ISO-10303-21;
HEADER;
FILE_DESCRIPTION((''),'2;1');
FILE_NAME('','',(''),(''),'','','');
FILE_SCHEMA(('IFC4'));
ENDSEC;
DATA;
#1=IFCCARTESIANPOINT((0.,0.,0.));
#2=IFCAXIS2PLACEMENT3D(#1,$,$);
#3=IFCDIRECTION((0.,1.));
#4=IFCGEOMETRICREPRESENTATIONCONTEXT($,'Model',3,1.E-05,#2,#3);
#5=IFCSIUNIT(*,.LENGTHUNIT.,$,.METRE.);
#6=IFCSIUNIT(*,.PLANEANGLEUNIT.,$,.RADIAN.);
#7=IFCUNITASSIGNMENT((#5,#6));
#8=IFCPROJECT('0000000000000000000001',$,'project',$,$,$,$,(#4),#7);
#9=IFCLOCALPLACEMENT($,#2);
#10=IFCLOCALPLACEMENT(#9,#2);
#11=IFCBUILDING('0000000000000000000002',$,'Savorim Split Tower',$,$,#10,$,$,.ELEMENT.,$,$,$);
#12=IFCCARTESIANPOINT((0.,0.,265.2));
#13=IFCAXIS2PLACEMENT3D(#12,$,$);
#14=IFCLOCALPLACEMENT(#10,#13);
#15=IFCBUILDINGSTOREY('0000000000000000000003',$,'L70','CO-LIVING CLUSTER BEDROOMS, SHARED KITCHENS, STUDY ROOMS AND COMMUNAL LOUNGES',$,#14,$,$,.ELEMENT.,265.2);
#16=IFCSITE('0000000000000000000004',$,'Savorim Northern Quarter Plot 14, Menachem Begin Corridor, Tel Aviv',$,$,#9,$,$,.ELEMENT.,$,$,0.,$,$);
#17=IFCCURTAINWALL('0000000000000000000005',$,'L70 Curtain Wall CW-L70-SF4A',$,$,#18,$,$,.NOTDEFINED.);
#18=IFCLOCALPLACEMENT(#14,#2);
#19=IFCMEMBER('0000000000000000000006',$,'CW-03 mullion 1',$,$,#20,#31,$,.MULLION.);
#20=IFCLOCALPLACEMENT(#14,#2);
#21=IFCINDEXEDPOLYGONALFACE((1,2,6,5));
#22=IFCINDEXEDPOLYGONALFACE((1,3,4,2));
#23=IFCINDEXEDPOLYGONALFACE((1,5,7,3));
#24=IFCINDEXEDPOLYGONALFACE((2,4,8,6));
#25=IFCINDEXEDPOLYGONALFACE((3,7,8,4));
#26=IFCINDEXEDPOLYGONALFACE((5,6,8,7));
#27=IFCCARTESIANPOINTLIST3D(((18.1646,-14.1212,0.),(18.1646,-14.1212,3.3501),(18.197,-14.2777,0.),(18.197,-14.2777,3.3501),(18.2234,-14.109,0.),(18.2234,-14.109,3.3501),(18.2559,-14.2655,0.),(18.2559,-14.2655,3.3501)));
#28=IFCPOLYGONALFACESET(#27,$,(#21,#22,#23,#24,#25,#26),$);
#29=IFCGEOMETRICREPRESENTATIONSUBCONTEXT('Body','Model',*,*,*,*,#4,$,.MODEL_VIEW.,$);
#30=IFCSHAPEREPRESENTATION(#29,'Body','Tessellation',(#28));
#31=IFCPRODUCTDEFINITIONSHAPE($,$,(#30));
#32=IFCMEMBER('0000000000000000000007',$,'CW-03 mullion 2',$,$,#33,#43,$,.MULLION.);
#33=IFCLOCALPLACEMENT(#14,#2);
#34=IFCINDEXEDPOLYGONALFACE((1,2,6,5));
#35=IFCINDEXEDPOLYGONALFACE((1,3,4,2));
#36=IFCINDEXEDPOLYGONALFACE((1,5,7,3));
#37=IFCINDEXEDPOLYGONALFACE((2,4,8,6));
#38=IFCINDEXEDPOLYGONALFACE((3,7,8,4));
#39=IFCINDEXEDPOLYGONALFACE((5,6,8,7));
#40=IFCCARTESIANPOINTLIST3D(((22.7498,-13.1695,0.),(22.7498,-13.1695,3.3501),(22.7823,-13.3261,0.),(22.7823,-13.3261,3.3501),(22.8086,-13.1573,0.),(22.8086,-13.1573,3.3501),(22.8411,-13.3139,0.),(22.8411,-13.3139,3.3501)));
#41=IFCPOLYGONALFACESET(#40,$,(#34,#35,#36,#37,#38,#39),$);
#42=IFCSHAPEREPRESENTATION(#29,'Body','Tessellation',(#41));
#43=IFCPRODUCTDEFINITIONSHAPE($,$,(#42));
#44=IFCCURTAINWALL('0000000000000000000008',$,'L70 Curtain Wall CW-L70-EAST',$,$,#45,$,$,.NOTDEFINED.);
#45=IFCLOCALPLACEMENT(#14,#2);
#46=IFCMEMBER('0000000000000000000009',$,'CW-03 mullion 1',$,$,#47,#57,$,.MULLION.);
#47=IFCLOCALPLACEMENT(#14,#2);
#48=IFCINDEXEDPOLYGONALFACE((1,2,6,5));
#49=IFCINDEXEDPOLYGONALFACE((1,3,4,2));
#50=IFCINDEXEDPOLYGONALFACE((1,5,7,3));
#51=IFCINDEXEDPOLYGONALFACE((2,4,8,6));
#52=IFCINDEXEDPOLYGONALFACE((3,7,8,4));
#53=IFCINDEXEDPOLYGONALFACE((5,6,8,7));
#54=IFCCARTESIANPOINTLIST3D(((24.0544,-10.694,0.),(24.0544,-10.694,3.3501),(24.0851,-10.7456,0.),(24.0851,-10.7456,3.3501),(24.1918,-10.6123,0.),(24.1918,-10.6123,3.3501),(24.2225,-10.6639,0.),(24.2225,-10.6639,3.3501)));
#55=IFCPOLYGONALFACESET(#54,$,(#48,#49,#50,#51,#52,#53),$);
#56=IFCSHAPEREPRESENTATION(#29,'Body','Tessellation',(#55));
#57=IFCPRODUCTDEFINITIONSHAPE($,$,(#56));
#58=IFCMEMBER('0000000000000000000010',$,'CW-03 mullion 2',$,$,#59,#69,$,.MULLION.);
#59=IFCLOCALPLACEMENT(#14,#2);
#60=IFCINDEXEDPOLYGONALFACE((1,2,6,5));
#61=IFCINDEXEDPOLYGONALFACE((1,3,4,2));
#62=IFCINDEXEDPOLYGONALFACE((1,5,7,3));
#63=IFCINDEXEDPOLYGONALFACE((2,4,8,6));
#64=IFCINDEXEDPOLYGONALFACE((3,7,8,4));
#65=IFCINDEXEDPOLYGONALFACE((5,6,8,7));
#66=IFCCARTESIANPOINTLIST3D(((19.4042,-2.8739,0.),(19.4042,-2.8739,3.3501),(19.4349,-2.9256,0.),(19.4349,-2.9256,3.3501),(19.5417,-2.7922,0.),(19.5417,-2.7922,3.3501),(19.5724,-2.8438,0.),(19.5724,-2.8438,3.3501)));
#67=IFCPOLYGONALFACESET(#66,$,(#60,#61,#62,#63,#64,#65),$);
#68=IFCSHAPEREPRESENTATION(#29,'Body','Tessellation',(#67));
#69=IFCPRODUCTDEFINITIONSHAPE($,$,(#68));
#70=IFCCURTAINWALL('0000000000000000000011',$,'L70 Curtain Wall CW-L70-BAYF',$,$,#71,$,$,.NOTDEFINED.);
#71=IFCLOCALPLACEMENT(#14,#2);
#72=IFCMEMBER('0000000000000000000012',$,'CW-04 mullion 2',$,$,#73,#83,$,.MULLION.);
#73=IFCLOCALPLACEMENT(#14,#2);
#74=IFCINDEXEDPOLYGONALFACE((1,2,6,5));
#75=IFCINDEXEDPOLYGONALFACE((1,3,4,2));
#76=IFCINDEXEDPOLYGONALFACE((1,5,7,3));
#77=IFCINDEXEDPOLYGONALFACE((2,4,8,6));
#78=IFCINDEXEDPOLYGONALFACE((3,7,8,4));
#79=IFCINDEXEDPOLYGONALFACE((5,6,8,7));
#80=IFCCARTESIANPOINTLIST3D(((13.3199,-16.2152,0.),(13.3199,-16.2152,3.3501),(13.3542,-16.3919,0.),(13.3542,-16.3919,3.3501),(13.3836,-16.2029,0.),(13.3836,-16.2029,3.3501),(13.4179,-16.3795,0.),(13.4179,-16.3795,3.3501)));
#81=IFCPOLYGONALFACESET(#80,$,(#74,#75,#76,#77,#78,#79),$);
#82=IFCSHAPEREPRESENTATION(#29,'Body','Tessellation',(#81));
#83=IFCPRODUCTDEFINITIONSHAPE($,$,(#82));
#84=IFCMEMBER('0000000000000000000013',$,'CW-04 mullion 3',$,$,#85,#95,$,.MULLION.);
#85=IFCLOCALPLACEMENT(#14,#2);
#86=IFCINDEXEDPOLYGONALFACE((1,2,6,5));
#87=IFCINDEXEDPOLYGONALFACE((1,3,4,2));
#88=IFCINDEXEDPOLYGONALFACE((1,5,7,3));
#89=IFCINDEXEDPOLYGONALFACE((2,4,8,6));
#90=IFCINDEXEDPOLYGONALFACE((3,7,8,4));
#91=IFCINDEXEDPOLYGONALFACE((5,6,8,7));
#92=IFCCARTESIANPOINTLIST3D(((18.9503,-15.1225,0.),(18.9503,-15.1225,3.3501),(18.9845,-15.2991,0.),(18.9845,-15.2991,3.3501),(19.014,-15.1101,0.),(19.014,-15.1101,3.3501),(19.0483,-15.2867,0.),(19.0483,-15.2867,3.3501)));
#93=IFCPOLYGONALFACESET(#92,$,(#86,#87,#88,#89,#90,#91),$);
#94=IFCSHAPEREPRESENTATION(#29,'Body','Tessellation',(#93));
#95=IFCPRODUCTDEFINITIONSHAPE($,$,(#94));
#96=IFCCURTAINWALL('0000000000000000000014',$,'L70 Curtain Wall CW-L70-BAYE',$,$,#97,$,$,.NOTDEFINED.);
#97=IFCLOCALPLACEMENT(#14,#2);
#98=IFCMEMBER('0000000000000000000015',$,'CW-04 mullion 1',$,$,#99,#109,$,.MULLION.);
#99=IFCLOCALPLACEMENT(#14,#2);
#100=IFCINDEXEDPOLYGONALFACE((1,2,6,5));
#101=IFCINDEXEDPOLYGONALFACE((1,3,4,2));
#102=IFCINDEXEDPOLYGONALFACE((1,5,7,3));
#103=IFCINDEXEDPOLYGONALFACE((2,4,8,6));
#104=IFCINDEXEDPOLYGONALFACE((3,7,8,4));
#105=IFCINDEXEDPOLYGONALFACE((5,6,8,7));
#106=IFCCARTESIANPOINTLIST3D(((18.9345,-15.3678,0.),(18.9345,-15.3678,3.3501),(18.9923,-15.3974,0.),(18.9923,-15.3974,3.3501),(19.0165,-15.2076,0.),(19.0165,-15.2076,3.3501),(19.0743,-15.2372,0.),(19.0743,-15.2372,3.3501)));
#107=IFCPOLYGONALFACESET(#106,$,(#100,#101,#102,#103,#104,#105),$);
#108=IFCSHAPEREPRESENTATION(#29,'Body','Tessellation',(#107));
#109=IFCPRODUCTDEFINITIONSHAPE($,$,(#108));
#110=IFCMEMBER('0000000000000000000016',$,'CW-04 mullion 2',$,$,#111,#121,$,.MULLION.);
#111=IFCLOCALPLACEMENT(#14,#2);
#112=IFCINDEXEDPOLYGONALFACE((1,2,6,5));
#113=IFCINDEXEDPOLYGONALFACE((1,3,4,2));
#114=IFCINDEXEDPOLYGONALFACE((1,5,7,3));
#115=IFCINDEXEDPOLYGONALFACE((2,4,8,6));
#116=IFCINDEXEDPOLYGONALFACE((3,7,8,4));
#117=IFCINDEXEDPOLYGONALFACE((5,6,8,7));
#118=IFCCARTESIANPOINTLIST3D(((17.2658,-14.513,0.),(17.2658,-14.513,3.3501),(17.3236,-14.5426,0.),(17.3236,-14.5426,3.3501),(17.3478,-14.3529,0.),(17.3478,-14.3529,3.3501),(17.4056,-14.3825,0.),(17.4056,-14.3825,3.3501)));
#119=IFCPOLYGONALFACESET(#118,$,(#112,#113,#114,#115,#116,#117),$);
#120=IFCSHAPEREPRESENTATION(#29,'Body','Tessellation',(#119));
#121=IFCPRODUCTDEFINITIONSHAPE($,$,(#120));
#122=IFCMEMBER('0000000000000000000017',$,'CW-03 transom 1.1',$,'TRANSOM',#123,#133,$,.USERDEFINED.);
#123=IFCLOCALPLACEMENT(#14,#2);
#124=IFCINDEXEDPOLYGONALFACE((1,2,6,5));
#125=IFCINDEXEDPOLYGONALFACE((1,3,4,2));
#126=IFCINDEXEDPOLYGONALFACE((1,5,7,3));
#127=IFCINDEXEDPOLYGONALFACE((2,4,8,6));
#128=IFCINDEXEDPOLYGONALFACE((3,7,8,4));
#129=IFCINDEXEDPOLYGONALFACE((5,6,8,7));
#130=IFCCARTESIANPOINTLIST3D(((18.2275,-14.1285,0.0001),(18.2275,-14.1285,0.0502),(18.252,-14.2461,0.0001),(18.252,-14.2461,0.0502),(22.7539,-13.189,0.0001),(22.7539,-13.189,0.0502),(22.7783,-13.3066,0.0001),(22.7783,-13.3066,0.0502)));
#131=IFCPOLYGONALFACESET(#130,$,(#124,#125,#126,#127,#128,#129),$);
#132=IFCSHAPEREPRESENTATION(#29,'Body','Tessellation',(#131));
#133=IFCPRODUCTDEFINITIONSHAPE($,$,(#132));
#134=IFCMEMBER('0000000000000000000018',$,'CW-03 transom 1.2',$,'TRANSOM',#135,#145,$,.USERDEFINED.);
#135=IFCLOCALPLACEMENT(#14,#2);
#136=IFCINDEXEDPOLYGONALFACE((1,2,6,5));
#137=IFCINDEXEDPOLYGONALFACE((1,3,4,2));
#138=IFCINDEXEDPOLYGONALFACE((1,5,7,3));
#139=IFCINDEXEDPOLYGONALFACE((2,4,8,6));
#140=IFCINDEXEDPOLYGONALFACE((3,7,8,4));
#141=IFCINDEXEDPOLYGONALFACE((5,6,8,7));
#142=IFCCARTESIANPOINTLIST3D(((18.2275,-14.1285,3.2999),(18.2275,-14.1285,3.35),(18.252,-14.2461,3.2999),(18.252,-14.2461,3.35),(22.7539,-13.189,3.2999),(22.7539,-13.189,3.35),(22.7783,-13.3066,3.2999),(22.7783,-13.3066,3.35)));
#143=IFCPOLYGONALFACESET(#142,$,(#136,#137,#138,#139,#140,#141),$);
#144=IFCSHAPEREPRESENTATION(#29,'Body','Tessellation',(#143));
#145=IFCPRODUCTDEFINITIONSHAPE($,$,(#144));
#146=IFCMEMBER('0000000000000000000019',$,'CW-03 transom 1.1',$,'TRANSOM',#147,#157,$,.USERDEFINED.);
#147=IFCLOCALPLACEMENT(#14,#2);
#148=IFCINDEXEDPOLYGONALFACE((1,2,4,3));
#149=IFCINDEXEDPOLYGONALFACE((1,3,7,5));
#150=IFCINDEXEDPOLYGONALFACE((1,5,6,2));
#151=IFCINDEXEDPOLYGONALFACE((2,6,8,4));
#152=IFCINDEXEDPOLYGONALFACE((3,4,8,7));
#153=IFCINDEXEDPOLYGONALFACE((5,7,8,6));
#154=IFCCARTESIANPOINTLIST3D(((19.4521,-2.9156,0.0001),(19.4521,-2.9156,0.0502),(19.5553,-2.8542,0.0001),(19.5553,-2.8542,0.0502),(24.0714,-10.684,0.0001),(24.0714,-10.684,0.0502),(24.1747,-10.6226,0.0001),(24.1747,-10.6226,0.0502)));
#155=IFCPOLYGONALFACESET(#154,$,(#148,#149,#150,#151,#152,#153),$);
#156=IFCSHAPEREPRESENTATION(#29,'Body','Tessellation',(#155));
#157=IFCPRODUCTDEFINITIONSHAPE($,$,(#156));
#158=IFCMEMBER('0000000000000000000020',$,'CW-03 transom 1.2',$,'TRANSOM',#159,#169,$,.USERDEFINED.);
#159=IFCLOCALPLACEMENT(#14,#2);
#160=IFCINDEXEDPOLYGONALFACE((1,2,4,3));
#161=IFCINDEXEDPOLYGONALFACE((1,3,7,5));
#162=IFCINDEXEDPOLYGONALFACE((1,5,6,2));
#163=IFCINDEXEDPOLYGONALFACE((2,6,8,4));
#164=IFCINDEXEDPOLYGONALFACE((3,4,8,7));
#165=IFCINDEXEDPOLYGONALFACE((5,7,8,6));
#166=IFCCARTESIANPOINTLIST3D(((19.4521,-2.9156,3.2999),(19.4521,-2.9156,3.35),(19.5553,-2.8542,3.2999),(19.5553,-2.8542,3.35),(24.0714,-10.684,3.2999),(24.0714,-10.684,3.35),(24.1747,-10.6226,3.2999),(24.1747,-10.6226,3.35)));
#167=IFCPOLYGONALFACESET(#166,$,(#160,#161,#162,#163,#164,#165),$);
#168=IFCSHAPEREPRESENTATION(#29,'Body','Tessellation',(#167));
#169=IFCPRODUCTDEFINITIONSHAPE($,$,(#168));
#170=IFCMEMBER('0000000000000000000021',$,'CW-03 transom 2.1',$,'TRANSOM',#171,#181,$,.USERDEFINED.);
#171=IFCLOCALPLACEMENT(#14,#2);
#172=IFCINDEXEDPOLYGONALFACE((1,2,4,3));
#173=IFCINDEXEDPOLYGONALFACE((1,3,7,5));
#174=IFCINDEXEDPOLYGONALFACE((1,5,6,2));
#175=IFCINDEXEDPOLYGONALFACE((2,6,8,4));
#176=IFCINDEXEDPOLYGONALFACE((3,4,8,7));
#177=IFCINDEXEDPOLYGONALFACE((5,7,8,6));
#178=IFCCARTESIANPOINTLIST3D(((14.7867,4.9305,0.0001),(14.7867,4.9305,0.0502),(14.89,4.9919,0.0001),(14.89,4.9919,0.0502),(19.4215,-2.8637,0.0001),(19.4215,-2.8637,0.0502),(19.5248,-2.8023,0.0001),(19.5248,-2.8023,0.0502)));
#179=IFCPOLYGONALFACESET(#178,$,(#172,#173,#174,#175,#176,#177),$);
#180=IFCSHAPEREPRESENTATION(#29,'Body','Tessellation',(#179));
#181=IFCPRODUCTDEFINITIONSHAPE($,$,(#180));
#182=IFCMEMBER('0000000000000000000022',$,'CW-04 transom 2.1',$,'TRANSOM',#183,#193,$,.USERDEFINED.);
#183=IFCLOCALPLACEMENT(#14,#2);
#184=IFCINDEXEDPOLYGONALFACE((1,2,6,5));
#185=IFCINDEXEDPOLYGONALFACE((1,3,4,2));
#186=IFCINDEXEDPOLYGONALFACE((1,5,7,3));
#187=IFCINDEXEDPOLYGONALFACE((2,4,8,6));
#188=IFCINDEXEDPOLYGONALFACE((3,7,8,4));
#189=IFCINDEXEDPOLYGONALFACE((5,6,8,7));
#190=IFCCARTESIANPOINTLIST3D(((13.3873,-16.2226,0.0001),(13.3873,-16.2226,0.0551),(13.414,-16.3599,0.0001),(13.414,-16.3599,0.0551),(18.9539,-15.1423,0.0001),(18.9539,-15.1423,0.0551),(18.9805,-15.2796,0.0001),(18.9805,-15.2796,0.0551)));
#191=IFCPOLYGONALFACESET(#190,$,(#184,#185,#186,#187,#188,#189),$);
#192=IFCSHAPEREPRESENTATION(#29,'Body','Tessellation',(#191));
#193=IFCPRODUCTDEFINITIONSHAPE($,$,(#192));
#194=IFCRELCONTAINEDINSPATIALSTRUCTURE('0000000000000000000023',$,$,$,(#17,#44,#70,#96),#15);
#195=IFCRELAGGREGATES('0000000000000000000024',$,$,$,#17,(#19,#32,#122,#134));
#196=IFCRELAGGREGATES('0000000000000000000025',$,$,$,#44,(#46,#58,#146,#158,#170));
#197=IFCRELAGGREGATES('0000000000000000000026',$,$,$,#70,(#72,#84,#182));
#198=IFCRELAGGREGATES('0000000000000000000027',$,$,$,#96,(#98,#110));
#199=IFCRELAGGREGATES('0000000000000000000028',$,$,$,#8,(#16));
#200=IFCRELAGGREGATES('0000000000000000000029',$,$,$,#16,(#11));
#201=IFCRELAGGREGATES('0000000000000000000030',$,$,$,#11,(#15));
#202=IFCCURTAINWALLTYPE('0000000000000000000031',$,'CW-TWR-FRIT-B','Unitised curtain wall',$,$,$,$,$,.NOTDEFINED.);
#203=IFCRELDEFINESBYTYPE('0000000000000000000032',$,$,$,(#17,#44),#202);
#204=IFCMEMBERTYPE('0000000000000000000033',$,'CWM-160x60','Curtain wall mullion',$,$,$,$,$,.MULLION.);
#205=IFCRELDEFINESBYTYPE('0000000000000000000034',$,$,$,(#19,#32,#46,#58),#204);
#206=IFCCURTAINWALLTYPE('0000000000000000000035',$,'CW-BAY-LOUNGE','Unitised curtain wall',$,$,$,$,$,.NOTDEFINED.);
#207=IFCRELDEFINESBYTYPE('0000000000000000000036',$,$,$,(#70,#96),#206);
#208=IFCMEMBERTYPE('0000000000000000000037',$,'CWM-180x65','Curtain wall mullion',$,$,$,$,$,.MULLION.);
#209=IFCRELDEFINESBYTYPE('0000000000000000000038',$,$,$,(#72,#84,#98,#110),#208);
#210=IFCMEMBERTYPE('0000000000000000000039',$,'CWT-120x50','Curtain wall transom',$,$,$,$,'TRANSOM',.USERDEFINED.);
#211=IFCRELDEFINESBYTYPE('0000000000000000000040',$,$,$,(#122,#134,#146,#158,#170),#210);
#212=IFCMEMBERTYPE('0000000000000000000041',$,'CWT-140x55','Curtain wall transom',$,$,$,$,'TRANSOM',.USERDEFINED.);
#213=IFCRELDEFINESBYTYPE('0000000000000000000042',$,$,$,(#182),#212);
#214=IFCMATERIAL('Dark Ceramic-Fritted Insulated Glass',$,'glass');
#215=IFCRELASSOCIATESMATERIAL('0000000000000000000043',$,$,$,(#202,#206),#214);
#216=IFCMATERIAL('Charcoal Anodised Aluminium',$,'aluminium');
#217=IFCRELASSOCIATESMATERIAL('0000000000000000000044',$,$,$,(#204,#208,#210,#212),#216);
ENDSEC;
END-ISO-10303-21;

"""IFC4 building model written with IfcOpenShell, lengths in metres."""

from ifc_helpers import new_model, si_unit, direction, frame, origin, origin_2d, place, context, subcontext, project, spatial, rectangle, extrude, material, material_profile, profile_set, type_object, element, aggregate, save


model = new_model("IFC4")

# Units and contexts
model_context = context("Model", 3, precision=1e-05, world=origin(), true_north=direction((0.0, 1.0)))
body_context = subcontext(model_context, "Body", "Model", "MODEL_VIEW")
ifc_project = project(units=[si_unit("LENGTHUNIT", "METRE"), si_unit("PLANEANGLEUNIT", "RADIAN")], contexts=[model_context])

# Site, building, storey
site_placement = place(None, origin())
site = spatial("IfcSite", under=ifc_project, at=site_placement, Name="Savorim Northern Quarter Plot 14, Menachem Begin Corridor, Tel Aviv", CompositionType="ELEMENT", RefElevation=0.0)
building_placement = place(site_placement, origin())
building = spatial("IfcBuilding", under=site, at=building_placement, Name="Savorim Split Tower", CompositionType="ELEMENT")
storey_placement = place(building_placement, frame((0.0, 0.0, 265.2)))
storey = spatial("IfcBuildingStorey", under=building, at=storey_placement, Name="L70", Description="CO-LIVING CLUSTER BEDROOMS, SHARED KITCHENS, STUDY ROOMS AND COMMUNAL LOUNGES", CompositionType="ELEMENT", Elevation=265.2)

# Curtain walls, members
ifc_material_1 = material(Name="Dark Ceramic-Fritted Insulated Glass", Category="glass")
curtain_wall_type_1 = type_object("IfcCurtainWallType", Name="CW-TWR-FRIT-B", Description="Unitised curtain wall", PredefinedType="NOTDEFINED", material=ifc_material_1)
curtain_wall_1_placement = place(storey_placement, origin())
curtain_wall_1 = element("IfcCurtainWall", 1, at=curtain_wall_1_placement, inside=storey, type_object=curtain_wall_type_1, Name="L70 Curtain Wall CW-L70-SF4A", PredefinedType="NOTDEFINED")
ifc_material_2 = material(Name="Charcoal Anodised Aluminium", Category="aluminium")
ifc_material_profile_1 = material_profile(ifc_material_2, rectangle(XDim=0.1599, YDim=0.0601, at=origin_2d()), Name="ALU-M 160x60")
ifc_profile_set_1 = profile_set([ifc_material_profile_1], Name="Charcoal Anodised Aluminium")
member_type_1 = type_object("IfcMemberType", Name="CWM-160x60", Description="Curtain wall mullion", PredefinedType="MULLION", material=ifc_profile_set_1)
member_1_placement = place(storey_placement, frame((18.2102, -14.1934, 0.0), z_axis=(0.0, 0.0, 1.0), x_axis=(-0.203207, 0.979136, 0.0)))
member_1 = element("IfcMember", 2, at=member_1_placement, type_object=member_type_1, Name="CW-03 mullion 1", PredefinedType="MULLION", context=body_context, shape_type="SweptSolid", body=[
    extrude(rectangle(XDim=0.1599, YDim=0.0601, at=origin_2d()), origin(), (0.0, 0.0, 1.0), 3.3501),
])
member_2_placement = place(storey_placement, frame((22.7954, -13.2417, 0.0), z_axis=(0.0, 0.0, 1.0), x_axis=(-0.203207, 0.979136, 0.0)))
member_2 = element("IfcMember", 3, at=member_2_placement, type_object=member_type_1, Name="CW-03 mullion 2", PredefinedType="MULLION", context=body_context, shape_type="SweptSolid", body=[
    extrude(rectangle(XDim=0.1599, YDim=0.0601, at=origin_2d()), origin(), (0.0, 0.0, 1.0), 3.3501),
])
curtain_wall_2_placement = place(storey_placement, origin())
curtain_wall_2 = element("IfcCurtainWall", 4, at=curtain_wall_2_placement, inside=storey, type_object=curtain_wall_type_1, Name="L70 Curtain Wall CW-L70-EAST", PredefinedType="NOTDEFINED")
member_3_placement = place(storey_placement, frame((24.1384, -10.679, 0.0), z_axis=(0.0, 0.0, 1.0), x_axis=(-0.859527, -0.51109, 0.0)))
member_3 = element("IfcMember", 5, at=member_3_placement, type_object=member_type_1, Name="CW-03 mullion 1", PredefinedType="MULLION", context=body_context, shape_type="SweptSolid", body=[
    extrude(rectangle(XDim=0.1599, YDim=0.0601, at=origin_2d()), origin(), (0.0, 0.0, 1.0), 3.3501),
])
member_4_placement = place(storey_placement, frame((19.4883, -2.8589, 0.0), z_axis=(0.0, 0.0, 1.0), x_axis=(-0.859527, -0.51109, 0.0)))
member_4 = element("IfcMember", 6, at=member_4_placement, type_object=member_type_1, Name="CW-03 mullion 2", PredefinedType="MULLION", context=body_context, shape_type="SweptSolid", body=[
    extrude(rectangle(XDim=0.1599, YDim=0.0601, at=origin_2d()), origin(), (0.0, 0.0, 1.0), 3.3501),
])
curtain_wall_type_2 = type_object("IfcCurtainWallType", Name="CW-BAY-LOUNGE", Description="Unitised curtain wall", PredefinedType="NOTDEFINED", material=ifc_material_1)
curtain_wall_3_placement = place(storey_placement, origin())
curtain_wall_3 = element("IfcCurtainWall", 7, at=curtain_wall_3_placement, inside=storey, type_object=curtain_wall_type_2, Name="L70 Curtain Wall CW-L70-BAYF", PredefinedType="NOTDEFINED")
ifc_material_profile_2 = material_profile(ifc_material_2, rectangle(XDim=0.1799, YDim=0.0649, at=origin_2d()), Name="ALU-M 180x65")
ifc_profile_set_2 = profile_set([ifc_material_profile_2], Name="Charcoal Anodised Aluminium")
member_type_2 = type_object("IfcMemberType", Name="CWM-180x65", Description="Curtain wall mullion", PredefinedType="MULLION", material=ifc_profile_set_2)
member_5_placement = place(storey_placement, frame((13.3689, -16.2974, 0.0), z_axis=(0.0, 0.0, 1.0), x_axis=(-0.19052, 0.981683, 0.0)))
member_5 = element("IfcMember", 8, at=member_5_placement, type_object=member_type_2, Name="CW-04 mullion 2", PredefinedType="MULLION", context=body_context, shape_type="SweptSolid", body=[
    extrude(rectangle(XDim=0.1799, YDim=0.0649, at=origin_2d()), origin(), (0.0, 0.0, 1.0), 3.3501),
])
member_6_placement = place(storey_placement, frame((18.9993, -15.2046, 0.0), z_axis=(0.0, 0.0, 1.0), x_axis=(-0.19052, 0.981683, 0.0)))
member_6 = element("IfcMember", 9, at=member_6_placement, type_object=member_type_2, Name="CW-04 mullion 3", PredefinedType="MULLION", context=body_context, shape_type="SweptSolid", body=[
    extrude(rectangle(XDim=0.1799, YDim=0.0649, at=origin_2d()), origin(), (0.0, 0.0, 1.0), 3.3501),
])
curtain_wall_4_placement = place(storey_placement, origin())
curtain_wall_4 = element("IfcCurtainWall", 10, at=curtain_wall_4_placement, inside=storey, type_object=curtain_wall_type_2, Name="L70 Curtain Wall CW-L70-BAYE", PredefinedType="NOTDEFINED")
member_7_placement = place(storey_placement, frame((19.0044, -15.3025, 0.0), z_axis=(0.0, 0.0, 1.0), x_axis=(-0.455832, -0.890066, 0.0)))
member_7 = element("IfcMember", 11, at=member_7_placement, type_object=member_type_2, Name="CW-04 mullion 1", PredefinedType="MULLION", context=body_context, shape_type="SweptSolid", body=[
    extrude(rectangle(XDim=0.1799, YDim=0.0649, at=origin_2d()), origin(), (0.0, 0.0, 1.0), 3.3501),
])
member_8_placement = place(storey_placement, frame((17.3357, -14.4478, 0.0), z_axis=(0.0, 0.0, 1.0), x_axis=(-0.455832, -0.890066, 0.0)))
member_8 = element("IfcMember", 12, at=member_8_placement, type_object=member_type_2, Name="CW-04 mullion 2", PredefinedType="MULLION", context=body_context, shape_type="SweptSolid", body=[
    extrude(rectangle(XDim=0.1799, YDim=0.0649, at=origin_2d()), origin(), (0.0, 0.0, 1.0), 3.3501),
])

# Members
ifc_material_profile_3 = material_profile(ifc_material_2, rectangle(XDim=0.1201, YDim=0.05, at=origin_2d()), Name="ALU-T 120x50")
ifc_profile_set_3 = profile_set([ifc_material_profile_3], Name="Charcoal Anodised Aluminium")
member_type_3 = type_object("IfcMemberType", Name="CWT-120x50", Description="Curtain wall transom", ElementType="TRANSOM", PredefinedType="USERDEFINED", material=ifc_profile_set_3)
member_9_placement = place(storey_placement, frame((18.2397, -14.1873, 0.0251), z_axis=(0.979133, 0.20322, 0.0), x_axis=(-0.20322, 0.979133, 0.0)))
member_9 = element("IfcMember", 13, at=member_9_placement, type_object=member_type_3, Name="CW-03 transom 1.1", ObjectType="TRANSOM", PredefinedType="USERDEFINED", context=body_context, shape_type="SweptSolid", body=[
    extrude(rectangle(XDim=0.1201, YDim=0.05, at=origin_2d()), origin(), (0.0, 0.0, 1.0), 4.6228),
])
member_10_placement = place(storey_placement, frame((18.2397, -14.1873, 3.325), z_axis=(0.979133, 0.20322, 0.0), x_axis=(-0.20322, 0.979133, 0.0)))
member_10 = element("IfcMember", 14, at=member_10_placement, type_object=member_type_3, Name="CW-03 transom 1.2", ObjectType="TRANSOM", PredefinedType="USERDEFINED", context=body_context, shape_type="SweptSolid", body=[
    extrude(rectangle(XDim=0.1201, YDim=0.05, at=origin_2d()), origin(), (0.0, 0.0, 1.0), 4.6228),
])
member_11_placement = place(storey_placement, frame((24.123, -10.6533, 0.0251), z_axis=(-0.511095, 0.859524, 0.0), x_axis=(-0.859524, -0.511095, 0.0)))
member_11 = element("IfcMember", 15, at=member_11_placement, type_object=member_type_3, Name="CW-03 transom 1.1", ObjectType="TRANSOM", PredefinedType="USERDEFINED", context=body_context, shape_type="SweptSolid", body=[
    extrude(rectangle(XDim=0.1201, YDim=0.05, at=origin_2d()), origin(), (0.0, 0.0, 1.0), 9.0381),
])
member_12_placement = place(storey_placement, frame((24.123, -10.6533, 3.325), z_axis=(-0.511095, 0.859524, 0.0), x_axis=(-0.859524, -0.511095, 0.0)))
member_12 = element("IfcMember", 16, at=member_12_placement, type_object=member_type_3, Name="CW-03 transom 1.2", ObjectType="TRANSOM", PredefinedType="USERDEFINED", context=body_context, shape_type="SweptSolid", body=[
    extrude(rectangle(XDim=0.1201, YDim=0.05, at=origin_2d()), origin(), (0.0, 0.0, 1.0), 9.0381),
])
member_13_placement = place(storey_placement, frame((19.4731, -2.833, 0.0251), z_axis=(-0.511107, 0.859517, 0.0), x_axis=(-0.859517, -0.511107, 0.0)))
member_13 = element("IfcMember", 17, at=member_13_placement, type_object=member_type_3, Name="CW-03 transom 2.1", ObjectType="TRANSOM", PredefinedType="USERDEFINED", context=body_context, shape_type="SweptSolid", body=[
    extrude(rectangle(XDim=0.1201, YDim=0.05, at=origin_2d()), origin(), (0.0, 0.0, 1.0), 9.0681),
])
ifc_material_profile_4 = material_profile(ifc_material_2, rectangle(XDim=0.1399, YDim=0.0549, at=origin_2d()), Name="ALU-T 140x55")
ifc_profile_set_4 = profile_set([ifc_material_profile_4], Name="Charcoal Anodised Aluminium")
member_type_4 = type_object("IfcMemberType", Name="CWT-140x55", Description="Curtain wall transom", ElementType="TRANSOM", PredefinedType="USERDEFINED", material=ifc_profile_set_4)
member_14_placement = place(storey_placement, frame((13.4006, -16.2913, 0.0276), z_axis=(0.981684, 0.190516, 0.0), x_axis=(-0.190516, 0.981684, 0.0)))
member_14 = element("IfcMember", 18, at=member_14_placement, type_object=member_type_4, Name="CW-04 transom 2.1", ObjectType="TRANSOM", PredefinedType="USERDEFINED", context=body_context, shape_type="SweptSolid", body=[
    extrude(rectangle(XDim=0.1399, YDim=0.0549, at=origin_2d()), origin(), (0.0, 0.0, 1.0), 5.6704),
])

aggregate(curtain_wall_1, [member_1, member_2, member_9, member_10])
aggregate(curtain_wall_2, [member_3, member_4, member_11, member_12, member_13])
aggregate(curtain_wall_3, [member_5, member_6, member_14])
aggregate(curtain_wall_4, [member_7, member_8])

save(model, "model.ifc")
